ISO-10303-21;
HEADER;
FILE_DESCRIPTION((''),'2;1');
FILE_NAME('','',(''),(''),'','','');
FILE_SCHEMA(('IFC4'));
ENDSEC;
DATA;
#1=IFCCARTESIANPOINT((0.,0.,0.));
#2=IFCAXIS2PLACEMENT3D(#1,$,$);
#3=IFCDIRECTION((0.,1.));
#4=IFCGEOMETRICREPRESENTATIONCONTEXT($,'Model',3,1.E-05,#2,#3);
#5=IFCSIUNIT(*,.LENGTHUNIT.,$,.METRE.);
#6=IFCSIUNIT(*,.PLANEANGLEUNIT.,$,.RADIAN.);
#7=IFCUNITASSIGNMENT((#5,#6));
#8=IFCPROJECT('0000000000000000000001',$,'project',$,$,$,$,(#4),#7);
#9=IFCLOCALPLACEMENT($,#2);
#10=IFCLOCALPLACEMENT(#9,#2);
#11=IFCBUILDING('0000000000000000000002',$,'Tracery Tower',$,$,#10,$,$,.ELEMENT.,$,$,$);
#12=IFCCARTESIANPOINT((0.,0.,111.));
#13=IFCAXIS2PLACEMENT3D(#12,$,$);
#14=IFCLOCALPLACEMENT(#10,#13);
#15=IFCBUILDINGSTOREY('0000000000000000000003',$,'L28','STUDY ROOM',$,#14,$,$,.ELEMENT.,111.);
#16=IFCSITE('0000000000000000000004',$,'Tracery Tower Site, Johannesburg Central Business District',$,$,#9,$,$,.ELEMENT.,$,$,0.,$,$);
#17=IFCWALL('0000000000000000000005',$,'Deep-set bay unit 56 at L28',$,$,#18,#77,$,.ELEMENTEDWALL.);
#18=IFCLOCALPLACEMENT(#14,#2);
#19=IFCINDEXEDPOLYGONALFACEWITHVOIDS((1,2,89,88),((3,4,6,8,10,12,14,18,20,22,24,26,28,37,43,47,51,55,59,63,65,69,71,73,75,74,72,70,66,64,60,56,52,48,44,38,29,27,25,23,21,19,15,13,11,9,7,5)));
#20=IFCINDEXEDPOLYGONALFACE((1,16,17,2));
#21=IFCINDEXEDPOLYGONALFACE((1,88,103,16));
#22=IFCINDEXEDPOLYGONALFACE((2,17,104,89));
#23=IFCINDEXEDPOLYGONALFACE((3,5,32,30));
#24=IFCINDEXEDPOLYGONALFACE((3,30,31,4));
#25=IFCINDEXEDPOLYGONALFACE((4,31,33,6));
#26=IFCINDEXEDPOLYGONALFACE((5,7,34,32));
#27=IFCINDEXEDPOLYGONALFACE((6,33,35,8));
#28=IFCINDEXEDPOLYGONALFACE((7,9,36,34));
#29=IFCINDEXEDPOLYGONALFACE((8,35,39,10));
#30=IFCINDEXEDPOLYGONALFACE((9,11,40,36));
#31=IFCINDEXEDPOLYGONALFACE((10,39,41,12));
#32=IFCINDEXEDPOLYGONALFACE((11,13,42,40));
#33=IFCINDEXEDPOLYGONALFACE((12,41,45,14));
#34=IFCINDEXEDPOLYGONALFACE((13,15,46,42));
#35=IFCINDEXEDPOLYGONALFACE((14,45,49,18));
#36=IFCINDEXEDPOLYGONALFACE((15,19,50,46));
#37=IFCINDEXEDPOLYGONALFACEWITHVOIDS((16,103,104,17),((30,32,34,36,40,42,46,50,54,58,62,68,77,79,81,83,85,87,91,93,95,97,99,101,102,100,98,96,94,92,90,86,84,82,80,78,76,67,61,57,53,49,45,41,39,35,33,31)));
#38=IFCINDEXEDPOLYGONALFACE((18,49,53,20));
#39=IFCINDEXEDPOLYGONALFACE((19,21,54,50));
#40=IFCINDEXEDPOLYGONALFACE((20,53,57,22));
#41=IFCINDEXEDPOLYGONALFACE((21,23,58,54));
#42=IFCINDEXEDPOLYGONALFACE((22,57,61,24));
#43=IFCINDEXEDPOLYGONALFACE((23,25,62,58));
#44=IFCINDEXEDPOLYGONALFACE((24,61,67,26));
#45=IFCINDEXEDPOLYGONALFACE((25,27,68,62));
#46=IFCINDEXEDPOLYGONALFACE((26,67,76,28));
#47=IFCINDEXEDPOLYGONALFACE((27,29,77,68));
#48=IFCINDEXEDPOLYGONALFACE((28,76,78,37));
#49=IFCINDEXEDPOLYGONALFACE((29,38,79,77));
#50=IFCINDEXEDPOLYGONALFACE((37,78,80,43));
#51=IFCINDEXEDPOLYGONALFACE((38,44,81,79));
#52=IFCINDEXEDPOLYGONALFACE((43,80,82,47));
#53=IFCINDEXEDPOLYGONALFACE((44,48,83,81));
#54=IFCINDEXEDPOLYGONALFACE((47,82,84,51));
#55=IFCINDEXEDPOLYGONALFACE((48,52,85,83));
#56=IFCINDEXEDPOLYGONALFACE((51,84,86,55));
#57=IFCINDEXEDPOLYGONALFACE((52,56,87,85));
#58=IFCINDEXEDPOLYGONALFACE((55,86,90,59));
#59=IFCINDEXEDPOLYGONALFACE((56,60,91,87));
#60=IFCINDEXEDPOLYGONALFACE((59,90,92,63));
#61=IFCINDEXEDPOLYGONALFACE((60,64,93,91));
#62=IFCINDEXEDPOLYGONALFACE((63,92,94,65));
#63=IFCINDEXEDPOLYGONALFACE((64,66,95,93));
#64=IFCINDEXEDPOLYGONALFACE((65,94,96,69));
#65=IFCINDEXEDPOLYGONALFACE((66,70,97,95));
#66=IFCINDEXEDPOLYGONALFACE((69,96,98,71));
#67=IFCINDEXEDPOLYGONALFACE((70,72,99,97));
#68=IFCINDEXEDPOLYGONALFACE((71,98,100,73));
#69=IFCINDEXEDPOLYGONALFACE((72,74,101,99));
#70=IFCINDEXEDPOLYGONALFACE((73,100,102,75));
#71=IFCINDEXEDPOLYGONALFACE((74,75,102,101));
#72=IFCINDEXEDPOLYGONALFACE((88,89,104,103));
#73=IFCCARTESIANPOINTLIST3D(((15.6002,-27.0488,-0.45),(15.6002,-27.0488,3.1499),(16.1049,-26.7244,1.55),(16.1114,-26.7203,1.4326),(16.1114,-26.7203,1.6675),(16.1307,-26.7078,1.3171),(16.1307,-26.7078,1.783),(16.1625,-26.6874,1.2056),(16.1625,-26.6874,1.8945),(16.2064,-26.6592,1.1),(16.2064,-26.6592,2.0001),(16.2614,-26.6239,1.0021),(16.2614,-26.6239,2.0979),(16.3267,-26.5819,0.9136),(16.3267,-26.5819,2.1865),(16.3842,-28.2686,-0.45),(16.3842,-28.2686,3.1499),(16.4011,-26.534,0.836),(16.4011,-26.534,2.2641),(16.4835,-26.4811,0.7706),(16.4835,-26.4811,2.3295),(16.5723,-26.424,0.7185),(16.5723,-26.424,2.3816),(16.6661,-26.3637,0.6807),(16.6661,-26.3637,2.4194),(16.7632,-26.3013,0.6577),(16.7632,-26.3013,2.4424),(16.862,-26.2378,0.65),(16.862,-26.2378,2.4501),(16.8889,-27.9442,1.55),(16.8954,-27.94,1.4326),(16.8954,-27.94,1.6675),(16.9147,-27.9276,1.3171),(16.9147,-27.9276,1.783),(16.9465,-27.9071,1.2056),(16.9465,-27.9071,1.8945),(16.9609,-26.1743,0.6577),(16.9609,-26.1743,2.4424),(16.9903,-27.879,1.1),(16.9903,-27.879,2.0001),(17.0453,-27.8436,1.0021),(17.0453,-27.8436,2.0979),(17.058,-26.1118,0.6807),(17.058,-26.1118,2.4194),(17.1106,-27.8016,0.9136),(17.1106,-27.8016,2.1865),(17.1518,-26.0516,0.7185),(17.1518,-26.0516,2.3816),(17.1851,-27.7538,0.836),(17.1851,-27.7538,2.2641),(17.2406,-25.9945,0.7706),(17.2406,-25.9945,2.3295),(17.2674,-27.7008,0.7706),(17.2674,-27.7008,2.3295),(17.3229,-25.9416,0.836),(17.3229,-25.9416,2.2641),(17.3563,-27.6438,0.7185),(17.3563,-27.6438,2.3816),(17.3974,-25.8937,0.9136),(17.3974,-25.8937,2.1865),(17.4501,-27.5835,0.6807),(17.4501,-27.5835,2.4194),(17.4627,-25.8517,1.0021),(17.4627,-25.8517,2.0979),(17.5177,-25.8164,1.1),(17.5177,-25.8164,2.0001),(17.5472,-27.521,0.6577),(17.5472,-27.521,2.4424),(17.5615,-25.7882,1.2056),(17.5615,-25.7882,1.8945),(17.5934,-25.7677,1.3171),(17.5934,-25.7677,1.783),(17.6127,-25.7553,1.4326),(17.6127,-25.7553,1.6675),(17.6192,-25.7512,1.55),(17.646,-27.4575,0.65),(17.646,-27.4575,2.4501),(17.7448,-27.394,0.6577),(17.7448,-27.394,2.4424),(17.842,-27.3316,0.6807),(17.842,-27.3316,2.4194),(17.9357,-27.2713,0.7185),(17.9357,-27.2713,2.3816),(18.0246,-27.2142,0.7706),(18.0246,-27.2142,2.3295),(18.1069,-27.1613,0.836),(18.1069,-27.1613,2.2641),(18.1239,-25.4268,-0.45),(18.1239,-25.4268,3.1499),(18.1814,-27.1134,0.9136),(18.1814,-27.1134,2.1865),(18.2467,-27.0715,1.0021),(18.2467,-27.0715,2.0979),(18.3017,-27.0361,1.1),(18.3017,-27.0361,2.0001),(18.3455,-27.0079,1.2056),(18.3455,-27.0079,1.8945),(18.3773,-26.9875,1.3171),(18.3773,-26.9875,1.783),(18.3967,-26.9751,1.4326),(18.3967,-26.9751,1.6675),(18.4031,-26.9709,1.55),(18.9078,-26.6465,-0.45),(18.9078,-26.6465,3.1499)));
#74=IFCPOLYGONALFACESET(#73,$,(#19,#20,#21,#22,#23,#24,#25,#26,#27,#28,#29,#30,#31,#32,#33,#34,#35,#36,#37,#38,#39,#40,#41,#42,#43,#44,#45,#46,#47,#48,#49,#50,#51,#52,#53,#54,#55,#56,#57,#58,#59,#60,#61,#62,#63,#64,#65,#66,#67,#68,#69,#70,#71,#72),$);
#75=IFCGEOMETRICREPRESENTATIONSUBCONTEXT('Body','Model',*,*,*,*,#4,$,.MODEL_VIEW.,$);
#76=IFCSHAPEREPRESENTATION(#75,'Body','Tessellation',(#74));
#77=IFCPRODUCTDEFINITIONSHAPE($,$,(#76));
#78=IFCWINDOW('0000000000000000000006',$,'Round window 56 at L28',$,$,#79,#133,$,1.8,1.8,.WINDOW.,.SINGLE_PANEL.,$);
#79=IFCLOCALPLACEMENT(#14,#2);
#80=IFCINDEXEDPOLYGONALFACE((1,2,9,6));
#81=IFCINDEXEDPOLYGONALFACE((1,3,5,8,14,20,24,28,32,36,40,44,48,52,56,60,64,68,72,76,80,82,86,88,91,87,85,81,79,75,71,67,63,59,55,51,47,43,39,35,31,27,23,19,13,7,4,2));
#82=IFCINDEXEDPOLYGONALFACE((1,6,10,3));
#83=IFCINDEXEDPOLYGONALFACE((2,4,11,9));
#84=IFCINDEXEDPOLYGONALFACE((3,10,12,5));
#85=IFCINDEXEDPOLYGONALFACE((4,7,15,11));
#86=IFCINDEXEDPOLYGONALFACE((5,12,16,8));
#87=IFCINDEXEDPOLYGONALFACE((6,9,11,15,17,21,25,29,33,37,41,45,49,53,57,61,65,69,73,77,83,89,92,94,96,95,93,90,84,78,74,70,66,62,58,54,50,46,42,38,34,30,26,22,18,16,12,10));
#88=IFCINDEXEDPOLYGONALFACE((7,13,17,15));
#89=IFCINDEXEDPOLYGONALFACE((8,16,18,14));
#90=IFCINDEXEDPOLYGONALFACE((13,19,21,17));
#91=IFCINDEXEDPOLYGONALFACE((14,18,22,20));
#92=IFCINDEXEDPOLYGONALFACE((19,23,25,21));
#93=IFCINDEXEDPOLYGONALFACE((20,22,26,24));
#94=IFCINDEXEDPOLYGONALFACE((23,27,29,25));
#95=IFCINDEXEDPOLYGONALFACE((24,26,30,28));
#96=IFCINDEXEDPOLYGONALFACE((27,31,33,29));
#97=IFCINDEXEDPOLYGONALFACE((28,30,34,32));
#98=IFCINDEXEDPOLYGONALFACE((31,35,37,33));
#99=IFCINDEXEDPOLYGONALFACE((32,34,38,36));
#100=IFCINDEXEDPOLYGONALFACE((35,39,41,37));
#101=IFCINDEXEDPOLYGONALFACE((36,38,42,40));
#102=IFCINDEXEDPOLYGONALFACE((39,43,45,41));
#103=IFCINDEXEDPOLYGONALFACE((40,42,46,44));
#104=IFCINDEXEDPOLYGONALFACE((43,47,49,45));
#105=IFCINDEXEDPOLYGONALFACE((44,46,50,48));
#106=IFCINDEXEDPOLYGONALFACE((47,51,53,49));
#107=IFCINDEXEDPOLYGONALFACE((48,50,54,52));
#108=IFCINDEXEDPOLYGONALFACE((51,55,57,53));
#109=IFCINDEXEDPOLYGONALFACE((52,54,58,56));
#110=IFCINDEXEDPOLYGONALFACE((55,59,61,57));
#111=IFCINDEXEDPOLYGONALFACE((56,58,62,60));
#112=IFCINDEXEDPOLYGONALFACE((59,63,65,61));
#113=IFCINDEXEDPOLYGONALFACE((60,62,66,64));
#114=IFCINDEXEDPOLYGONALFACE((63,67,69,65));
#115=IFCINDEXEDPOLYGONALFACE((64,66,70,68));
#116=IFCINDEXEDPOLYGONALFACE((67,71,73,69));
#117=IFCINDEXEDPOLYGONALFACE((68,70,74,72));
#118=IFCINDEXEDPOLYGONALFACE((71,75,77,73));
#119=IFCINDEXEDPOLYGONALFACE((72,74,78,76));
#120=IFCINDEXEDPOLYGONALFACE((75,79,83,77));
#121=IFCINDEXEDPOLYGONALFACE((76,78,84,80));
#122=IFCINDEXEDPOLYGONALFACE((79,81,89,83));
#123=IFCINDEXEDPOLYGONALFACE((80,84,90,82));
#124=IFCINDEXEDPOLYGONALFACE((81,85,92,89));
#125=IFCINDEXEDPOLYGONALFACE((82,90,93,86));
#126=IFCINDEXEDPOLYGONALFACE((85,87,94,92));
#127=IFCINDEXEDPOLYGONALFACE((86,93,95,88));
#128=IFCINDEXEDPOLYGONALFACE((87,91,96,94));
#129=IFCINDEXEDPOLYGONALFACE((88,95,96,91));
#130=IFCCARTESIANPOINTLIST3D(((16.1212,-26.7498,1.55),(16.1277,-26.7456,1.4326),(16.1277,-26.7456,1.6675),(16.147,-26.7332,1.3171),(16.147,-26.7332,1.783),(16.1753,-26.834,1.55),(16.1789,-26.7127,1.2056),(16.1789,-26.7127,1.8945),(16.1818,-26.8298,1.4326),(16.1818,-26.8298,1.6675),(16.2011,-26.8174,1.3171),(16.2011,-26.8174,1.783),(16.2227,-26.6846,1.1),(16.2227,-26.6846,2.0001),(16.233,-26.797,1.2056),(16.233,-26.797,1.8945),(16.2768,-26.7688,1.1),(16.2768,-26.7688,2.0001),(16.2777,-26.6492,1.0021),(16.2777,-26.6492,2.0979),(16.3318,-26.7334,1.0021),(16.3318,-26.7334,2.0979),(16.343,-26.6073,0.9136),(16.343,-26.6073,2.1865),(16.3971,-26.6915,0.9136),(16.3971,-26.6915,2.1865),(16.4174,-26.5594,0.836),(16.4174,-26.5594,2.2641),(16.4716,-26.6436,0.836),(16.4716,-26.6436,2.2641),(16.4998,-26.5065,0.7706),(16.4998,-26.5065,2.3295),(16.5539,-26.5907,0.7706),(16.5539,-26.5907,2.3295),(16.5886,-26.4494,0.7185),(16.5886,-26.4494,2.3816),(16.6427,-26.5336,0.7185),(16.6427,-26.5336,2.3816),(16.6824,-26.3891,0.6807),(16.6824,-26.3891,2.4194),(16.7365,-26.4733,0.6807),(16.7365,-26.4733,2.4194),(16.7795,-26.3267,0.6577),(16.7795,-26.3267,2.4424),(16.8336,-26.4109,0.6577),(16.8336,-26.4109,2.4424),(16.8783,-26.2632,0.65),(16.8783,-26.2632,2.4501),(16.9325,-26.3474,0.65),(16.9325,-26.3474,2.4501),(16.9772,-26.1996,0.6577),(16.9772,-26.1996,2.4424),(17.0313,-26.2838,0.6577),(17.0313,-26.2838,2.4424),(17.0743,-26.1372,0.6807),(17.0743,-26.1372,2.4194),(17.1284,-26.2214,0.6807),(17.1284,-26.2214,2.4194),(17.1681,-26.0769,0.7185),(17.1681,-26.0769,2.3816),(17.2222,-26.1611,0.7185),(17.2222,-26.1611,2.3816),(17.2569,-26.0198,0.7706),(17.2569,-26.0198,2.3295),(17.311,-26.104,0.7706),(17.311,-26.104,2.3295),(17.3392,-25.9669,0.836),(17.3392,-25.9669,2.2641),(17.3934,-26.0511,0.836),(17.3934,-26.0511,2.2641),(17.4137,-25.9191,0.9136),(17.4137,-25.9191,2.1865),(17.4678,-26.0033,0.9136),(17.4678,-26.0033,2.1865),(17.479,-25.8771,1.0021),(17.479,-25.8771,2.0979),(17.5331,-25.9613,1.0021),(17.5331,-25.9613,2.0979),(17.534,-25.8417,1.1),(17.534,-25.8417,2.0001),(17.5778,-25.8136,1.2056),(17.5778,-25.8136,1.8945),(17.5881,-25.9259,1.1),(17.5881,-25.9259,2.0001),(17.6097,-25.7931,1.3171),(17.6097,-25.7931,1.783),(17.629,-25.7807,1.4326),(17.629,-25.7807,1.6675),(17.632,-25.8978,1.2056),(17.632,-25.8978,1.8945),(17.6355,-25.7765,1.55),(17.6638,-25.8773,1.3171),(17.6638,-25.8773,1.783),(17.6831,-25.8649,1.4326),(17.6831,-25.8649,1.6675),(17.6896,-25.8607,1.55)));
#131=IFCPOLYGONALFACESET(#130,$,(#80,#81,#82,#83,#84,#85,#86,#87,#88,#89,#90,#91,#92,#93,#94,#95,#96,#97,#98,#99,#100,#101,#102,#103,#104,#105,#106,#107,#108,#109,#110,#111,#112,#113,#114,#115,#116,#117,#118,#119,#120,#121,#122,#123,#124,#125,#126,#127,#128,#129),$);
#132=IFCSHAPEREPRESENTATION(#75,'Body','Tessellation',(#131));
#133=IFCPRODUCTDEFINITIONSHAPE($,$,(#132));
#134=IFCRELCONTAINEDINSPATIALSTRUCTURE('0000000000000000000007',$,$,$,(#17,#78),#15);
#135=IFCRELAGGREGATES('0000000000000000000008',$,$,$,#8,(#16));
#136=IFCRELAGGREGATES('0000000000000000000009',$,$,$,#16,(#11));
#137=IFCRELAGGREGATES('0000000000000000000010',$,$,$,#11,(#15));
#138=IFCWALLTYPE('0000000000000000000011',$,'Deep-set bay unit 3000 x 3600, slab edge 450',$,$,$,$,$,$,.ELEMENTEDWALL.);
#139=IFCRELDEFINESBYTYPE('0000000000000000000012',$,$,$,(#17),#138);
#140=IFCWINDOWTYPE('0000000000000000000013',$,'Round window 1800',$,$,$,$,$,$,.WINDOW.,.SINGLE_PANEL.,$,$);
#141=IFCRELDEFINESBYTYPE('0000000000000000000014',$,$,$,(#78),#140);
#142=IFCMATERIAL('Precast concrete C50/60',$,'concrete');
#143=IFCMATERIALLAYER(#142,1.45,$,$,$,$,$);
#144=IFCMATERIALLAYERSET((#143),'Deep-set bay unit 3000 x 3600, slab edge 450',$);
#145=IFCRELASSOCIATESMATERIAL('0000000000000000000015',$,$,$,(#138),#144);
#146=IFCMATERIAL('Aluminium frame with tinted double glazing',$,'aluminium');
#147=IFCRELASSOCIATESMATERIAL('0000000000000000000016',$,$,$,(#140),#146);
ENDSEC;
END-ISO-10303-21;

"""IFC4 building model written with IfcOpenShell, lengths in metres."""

from ifc_helpers import new_model, si_unit, direction, frame, frame_2d, origin, origin_2d, place, context, subcontext, project, spatial, rectangle, circle, extrude, material, layer, layer_set, type_object, element, fill, save


model = new_model("IFC4")

# Units and contexts
model_context = context("Model", 3, precision=1e-05, world=origin(), true_north=direction((0.0, 1.0)))
body_context = subcontext(model_context, "Body", "Model", "MODEL_VIEW")
ifc_project = project(units=[si_unit("LENGTHUNIT", "METRE"), si_unit("PLANEANGLEUNIT", "RADIAN")], contexts=[model_context])

# Site, building, storey
site_placement = place(None, origin())
site = spatial("IfcSite", under=ifc_project, at=site_placement, Name="Tracery Tower Site, Johannesburg Central Business District", CompositionType="ELEMENT", RefElevation=0.0)
building_placement = place(site_placement, origin())
building = spatial("IfcBuilding", under=site, at=building_placement, Name="Tracery Tower", CompositionType="ELEMENT")
storey_placement = place(building_placement, frame((0.0, 0.0, 111.0)))
storey = spatial("IfcBuildingStorey", under=building, at=storey_placement, Name="L28", Description="STUDY ROOM", CompositionType="ELEMENT", Elevation=111.0)

# Wall, opening, window
ifc_material_1 = material(Name="Precast concrete C50/60", Category="concrete")
ifc_layer_1 = layer(ifc_material_1, 1.45)
ifc_layer_set_1 = layer_set([ifc_layer_1], Name="Deep-set bay unit 3000 x 3600, slab edge 450")
wall_type_1 = type_object("IfcWallType", Name="Deep-set bay unit 3000 x 3600, slab edge 450", PredefinedType="ELEMENTEDWALL", material=ifc_layer_set_1)
wall_1_placement = place(storey_placement, frame((15.9922, -27.6587, -0.45), z_axis=(0.0, 0.0, 1.0), x_axis=(0.841223, 0.540688, 0.0)))
wall_1 = element("IfcWall", 1, at=wall_1_placement, inside=storey, type_object=wall_type_1, Name="Deep-set bay unit 56 at L28", PredefinedType="ELEMENTEDWALL", context=body_context, shape_type="SweptSolid", body=[
    extrude(rectangle(XDim=3.0, YDim=1.45, at=frame_2d((1.5, 0.0))), origin(), (0.0, 0.0, 1.0), 3.5999),
])
opening_1_placement = place(wall_1_placement, frame((1.5, 0.0, 2.0)))
opening_1 = element("IfcOpeningElement", 2, at=opening_1_placement, cuts=wall_1, PredefinedType="OPENING", context=body_context, shape_type="SweptSolid", body=[
    extrude(circle(Radius=0.9, at=origin_2d()), frame((0.0, 0.7349, 0.0), z_axis=(0.0, -1.0, 0.0), x_axis=(1.0, 0.0, 0.0)), (0.0, 0.0, 1.0), 1.47),
])
ifc_material_2 = material(Name="Aluminium frame with tinted double glazing", Category="aluminium")
window_type = type_object("IfcWindowType", Name="Round window 1800", PartitioningType="SINGLE_PANEL", PredefinedType="WINDOW", material=ifc_material_2)
window_1_placement = place(opening_1_placement, origin())
window_1 = element("IfcWindow", 3, at=window_1_placement, inside=storey, type_object=window_type, Name="Round window 56 at L28", OverallHeight=1.8, OverallWidth=1.8, PartitioningType="SINGLE_PANEL", PredefinedType="WINDOW", context=body_context, shape_type="SweptSolid", body=[
    extrude(circle(Radius=0.9, at=origin_2d()), frame((0.0, 0.6948, 0.0), z_axis=(0.0, -1.0, 0.0), x_axis=(1.0, 0.0, 0.0)), (0.0, 0.0, 1.0), 0.1001),
])
fill(opening_1, window_1)

save(model, "model.ifc")
